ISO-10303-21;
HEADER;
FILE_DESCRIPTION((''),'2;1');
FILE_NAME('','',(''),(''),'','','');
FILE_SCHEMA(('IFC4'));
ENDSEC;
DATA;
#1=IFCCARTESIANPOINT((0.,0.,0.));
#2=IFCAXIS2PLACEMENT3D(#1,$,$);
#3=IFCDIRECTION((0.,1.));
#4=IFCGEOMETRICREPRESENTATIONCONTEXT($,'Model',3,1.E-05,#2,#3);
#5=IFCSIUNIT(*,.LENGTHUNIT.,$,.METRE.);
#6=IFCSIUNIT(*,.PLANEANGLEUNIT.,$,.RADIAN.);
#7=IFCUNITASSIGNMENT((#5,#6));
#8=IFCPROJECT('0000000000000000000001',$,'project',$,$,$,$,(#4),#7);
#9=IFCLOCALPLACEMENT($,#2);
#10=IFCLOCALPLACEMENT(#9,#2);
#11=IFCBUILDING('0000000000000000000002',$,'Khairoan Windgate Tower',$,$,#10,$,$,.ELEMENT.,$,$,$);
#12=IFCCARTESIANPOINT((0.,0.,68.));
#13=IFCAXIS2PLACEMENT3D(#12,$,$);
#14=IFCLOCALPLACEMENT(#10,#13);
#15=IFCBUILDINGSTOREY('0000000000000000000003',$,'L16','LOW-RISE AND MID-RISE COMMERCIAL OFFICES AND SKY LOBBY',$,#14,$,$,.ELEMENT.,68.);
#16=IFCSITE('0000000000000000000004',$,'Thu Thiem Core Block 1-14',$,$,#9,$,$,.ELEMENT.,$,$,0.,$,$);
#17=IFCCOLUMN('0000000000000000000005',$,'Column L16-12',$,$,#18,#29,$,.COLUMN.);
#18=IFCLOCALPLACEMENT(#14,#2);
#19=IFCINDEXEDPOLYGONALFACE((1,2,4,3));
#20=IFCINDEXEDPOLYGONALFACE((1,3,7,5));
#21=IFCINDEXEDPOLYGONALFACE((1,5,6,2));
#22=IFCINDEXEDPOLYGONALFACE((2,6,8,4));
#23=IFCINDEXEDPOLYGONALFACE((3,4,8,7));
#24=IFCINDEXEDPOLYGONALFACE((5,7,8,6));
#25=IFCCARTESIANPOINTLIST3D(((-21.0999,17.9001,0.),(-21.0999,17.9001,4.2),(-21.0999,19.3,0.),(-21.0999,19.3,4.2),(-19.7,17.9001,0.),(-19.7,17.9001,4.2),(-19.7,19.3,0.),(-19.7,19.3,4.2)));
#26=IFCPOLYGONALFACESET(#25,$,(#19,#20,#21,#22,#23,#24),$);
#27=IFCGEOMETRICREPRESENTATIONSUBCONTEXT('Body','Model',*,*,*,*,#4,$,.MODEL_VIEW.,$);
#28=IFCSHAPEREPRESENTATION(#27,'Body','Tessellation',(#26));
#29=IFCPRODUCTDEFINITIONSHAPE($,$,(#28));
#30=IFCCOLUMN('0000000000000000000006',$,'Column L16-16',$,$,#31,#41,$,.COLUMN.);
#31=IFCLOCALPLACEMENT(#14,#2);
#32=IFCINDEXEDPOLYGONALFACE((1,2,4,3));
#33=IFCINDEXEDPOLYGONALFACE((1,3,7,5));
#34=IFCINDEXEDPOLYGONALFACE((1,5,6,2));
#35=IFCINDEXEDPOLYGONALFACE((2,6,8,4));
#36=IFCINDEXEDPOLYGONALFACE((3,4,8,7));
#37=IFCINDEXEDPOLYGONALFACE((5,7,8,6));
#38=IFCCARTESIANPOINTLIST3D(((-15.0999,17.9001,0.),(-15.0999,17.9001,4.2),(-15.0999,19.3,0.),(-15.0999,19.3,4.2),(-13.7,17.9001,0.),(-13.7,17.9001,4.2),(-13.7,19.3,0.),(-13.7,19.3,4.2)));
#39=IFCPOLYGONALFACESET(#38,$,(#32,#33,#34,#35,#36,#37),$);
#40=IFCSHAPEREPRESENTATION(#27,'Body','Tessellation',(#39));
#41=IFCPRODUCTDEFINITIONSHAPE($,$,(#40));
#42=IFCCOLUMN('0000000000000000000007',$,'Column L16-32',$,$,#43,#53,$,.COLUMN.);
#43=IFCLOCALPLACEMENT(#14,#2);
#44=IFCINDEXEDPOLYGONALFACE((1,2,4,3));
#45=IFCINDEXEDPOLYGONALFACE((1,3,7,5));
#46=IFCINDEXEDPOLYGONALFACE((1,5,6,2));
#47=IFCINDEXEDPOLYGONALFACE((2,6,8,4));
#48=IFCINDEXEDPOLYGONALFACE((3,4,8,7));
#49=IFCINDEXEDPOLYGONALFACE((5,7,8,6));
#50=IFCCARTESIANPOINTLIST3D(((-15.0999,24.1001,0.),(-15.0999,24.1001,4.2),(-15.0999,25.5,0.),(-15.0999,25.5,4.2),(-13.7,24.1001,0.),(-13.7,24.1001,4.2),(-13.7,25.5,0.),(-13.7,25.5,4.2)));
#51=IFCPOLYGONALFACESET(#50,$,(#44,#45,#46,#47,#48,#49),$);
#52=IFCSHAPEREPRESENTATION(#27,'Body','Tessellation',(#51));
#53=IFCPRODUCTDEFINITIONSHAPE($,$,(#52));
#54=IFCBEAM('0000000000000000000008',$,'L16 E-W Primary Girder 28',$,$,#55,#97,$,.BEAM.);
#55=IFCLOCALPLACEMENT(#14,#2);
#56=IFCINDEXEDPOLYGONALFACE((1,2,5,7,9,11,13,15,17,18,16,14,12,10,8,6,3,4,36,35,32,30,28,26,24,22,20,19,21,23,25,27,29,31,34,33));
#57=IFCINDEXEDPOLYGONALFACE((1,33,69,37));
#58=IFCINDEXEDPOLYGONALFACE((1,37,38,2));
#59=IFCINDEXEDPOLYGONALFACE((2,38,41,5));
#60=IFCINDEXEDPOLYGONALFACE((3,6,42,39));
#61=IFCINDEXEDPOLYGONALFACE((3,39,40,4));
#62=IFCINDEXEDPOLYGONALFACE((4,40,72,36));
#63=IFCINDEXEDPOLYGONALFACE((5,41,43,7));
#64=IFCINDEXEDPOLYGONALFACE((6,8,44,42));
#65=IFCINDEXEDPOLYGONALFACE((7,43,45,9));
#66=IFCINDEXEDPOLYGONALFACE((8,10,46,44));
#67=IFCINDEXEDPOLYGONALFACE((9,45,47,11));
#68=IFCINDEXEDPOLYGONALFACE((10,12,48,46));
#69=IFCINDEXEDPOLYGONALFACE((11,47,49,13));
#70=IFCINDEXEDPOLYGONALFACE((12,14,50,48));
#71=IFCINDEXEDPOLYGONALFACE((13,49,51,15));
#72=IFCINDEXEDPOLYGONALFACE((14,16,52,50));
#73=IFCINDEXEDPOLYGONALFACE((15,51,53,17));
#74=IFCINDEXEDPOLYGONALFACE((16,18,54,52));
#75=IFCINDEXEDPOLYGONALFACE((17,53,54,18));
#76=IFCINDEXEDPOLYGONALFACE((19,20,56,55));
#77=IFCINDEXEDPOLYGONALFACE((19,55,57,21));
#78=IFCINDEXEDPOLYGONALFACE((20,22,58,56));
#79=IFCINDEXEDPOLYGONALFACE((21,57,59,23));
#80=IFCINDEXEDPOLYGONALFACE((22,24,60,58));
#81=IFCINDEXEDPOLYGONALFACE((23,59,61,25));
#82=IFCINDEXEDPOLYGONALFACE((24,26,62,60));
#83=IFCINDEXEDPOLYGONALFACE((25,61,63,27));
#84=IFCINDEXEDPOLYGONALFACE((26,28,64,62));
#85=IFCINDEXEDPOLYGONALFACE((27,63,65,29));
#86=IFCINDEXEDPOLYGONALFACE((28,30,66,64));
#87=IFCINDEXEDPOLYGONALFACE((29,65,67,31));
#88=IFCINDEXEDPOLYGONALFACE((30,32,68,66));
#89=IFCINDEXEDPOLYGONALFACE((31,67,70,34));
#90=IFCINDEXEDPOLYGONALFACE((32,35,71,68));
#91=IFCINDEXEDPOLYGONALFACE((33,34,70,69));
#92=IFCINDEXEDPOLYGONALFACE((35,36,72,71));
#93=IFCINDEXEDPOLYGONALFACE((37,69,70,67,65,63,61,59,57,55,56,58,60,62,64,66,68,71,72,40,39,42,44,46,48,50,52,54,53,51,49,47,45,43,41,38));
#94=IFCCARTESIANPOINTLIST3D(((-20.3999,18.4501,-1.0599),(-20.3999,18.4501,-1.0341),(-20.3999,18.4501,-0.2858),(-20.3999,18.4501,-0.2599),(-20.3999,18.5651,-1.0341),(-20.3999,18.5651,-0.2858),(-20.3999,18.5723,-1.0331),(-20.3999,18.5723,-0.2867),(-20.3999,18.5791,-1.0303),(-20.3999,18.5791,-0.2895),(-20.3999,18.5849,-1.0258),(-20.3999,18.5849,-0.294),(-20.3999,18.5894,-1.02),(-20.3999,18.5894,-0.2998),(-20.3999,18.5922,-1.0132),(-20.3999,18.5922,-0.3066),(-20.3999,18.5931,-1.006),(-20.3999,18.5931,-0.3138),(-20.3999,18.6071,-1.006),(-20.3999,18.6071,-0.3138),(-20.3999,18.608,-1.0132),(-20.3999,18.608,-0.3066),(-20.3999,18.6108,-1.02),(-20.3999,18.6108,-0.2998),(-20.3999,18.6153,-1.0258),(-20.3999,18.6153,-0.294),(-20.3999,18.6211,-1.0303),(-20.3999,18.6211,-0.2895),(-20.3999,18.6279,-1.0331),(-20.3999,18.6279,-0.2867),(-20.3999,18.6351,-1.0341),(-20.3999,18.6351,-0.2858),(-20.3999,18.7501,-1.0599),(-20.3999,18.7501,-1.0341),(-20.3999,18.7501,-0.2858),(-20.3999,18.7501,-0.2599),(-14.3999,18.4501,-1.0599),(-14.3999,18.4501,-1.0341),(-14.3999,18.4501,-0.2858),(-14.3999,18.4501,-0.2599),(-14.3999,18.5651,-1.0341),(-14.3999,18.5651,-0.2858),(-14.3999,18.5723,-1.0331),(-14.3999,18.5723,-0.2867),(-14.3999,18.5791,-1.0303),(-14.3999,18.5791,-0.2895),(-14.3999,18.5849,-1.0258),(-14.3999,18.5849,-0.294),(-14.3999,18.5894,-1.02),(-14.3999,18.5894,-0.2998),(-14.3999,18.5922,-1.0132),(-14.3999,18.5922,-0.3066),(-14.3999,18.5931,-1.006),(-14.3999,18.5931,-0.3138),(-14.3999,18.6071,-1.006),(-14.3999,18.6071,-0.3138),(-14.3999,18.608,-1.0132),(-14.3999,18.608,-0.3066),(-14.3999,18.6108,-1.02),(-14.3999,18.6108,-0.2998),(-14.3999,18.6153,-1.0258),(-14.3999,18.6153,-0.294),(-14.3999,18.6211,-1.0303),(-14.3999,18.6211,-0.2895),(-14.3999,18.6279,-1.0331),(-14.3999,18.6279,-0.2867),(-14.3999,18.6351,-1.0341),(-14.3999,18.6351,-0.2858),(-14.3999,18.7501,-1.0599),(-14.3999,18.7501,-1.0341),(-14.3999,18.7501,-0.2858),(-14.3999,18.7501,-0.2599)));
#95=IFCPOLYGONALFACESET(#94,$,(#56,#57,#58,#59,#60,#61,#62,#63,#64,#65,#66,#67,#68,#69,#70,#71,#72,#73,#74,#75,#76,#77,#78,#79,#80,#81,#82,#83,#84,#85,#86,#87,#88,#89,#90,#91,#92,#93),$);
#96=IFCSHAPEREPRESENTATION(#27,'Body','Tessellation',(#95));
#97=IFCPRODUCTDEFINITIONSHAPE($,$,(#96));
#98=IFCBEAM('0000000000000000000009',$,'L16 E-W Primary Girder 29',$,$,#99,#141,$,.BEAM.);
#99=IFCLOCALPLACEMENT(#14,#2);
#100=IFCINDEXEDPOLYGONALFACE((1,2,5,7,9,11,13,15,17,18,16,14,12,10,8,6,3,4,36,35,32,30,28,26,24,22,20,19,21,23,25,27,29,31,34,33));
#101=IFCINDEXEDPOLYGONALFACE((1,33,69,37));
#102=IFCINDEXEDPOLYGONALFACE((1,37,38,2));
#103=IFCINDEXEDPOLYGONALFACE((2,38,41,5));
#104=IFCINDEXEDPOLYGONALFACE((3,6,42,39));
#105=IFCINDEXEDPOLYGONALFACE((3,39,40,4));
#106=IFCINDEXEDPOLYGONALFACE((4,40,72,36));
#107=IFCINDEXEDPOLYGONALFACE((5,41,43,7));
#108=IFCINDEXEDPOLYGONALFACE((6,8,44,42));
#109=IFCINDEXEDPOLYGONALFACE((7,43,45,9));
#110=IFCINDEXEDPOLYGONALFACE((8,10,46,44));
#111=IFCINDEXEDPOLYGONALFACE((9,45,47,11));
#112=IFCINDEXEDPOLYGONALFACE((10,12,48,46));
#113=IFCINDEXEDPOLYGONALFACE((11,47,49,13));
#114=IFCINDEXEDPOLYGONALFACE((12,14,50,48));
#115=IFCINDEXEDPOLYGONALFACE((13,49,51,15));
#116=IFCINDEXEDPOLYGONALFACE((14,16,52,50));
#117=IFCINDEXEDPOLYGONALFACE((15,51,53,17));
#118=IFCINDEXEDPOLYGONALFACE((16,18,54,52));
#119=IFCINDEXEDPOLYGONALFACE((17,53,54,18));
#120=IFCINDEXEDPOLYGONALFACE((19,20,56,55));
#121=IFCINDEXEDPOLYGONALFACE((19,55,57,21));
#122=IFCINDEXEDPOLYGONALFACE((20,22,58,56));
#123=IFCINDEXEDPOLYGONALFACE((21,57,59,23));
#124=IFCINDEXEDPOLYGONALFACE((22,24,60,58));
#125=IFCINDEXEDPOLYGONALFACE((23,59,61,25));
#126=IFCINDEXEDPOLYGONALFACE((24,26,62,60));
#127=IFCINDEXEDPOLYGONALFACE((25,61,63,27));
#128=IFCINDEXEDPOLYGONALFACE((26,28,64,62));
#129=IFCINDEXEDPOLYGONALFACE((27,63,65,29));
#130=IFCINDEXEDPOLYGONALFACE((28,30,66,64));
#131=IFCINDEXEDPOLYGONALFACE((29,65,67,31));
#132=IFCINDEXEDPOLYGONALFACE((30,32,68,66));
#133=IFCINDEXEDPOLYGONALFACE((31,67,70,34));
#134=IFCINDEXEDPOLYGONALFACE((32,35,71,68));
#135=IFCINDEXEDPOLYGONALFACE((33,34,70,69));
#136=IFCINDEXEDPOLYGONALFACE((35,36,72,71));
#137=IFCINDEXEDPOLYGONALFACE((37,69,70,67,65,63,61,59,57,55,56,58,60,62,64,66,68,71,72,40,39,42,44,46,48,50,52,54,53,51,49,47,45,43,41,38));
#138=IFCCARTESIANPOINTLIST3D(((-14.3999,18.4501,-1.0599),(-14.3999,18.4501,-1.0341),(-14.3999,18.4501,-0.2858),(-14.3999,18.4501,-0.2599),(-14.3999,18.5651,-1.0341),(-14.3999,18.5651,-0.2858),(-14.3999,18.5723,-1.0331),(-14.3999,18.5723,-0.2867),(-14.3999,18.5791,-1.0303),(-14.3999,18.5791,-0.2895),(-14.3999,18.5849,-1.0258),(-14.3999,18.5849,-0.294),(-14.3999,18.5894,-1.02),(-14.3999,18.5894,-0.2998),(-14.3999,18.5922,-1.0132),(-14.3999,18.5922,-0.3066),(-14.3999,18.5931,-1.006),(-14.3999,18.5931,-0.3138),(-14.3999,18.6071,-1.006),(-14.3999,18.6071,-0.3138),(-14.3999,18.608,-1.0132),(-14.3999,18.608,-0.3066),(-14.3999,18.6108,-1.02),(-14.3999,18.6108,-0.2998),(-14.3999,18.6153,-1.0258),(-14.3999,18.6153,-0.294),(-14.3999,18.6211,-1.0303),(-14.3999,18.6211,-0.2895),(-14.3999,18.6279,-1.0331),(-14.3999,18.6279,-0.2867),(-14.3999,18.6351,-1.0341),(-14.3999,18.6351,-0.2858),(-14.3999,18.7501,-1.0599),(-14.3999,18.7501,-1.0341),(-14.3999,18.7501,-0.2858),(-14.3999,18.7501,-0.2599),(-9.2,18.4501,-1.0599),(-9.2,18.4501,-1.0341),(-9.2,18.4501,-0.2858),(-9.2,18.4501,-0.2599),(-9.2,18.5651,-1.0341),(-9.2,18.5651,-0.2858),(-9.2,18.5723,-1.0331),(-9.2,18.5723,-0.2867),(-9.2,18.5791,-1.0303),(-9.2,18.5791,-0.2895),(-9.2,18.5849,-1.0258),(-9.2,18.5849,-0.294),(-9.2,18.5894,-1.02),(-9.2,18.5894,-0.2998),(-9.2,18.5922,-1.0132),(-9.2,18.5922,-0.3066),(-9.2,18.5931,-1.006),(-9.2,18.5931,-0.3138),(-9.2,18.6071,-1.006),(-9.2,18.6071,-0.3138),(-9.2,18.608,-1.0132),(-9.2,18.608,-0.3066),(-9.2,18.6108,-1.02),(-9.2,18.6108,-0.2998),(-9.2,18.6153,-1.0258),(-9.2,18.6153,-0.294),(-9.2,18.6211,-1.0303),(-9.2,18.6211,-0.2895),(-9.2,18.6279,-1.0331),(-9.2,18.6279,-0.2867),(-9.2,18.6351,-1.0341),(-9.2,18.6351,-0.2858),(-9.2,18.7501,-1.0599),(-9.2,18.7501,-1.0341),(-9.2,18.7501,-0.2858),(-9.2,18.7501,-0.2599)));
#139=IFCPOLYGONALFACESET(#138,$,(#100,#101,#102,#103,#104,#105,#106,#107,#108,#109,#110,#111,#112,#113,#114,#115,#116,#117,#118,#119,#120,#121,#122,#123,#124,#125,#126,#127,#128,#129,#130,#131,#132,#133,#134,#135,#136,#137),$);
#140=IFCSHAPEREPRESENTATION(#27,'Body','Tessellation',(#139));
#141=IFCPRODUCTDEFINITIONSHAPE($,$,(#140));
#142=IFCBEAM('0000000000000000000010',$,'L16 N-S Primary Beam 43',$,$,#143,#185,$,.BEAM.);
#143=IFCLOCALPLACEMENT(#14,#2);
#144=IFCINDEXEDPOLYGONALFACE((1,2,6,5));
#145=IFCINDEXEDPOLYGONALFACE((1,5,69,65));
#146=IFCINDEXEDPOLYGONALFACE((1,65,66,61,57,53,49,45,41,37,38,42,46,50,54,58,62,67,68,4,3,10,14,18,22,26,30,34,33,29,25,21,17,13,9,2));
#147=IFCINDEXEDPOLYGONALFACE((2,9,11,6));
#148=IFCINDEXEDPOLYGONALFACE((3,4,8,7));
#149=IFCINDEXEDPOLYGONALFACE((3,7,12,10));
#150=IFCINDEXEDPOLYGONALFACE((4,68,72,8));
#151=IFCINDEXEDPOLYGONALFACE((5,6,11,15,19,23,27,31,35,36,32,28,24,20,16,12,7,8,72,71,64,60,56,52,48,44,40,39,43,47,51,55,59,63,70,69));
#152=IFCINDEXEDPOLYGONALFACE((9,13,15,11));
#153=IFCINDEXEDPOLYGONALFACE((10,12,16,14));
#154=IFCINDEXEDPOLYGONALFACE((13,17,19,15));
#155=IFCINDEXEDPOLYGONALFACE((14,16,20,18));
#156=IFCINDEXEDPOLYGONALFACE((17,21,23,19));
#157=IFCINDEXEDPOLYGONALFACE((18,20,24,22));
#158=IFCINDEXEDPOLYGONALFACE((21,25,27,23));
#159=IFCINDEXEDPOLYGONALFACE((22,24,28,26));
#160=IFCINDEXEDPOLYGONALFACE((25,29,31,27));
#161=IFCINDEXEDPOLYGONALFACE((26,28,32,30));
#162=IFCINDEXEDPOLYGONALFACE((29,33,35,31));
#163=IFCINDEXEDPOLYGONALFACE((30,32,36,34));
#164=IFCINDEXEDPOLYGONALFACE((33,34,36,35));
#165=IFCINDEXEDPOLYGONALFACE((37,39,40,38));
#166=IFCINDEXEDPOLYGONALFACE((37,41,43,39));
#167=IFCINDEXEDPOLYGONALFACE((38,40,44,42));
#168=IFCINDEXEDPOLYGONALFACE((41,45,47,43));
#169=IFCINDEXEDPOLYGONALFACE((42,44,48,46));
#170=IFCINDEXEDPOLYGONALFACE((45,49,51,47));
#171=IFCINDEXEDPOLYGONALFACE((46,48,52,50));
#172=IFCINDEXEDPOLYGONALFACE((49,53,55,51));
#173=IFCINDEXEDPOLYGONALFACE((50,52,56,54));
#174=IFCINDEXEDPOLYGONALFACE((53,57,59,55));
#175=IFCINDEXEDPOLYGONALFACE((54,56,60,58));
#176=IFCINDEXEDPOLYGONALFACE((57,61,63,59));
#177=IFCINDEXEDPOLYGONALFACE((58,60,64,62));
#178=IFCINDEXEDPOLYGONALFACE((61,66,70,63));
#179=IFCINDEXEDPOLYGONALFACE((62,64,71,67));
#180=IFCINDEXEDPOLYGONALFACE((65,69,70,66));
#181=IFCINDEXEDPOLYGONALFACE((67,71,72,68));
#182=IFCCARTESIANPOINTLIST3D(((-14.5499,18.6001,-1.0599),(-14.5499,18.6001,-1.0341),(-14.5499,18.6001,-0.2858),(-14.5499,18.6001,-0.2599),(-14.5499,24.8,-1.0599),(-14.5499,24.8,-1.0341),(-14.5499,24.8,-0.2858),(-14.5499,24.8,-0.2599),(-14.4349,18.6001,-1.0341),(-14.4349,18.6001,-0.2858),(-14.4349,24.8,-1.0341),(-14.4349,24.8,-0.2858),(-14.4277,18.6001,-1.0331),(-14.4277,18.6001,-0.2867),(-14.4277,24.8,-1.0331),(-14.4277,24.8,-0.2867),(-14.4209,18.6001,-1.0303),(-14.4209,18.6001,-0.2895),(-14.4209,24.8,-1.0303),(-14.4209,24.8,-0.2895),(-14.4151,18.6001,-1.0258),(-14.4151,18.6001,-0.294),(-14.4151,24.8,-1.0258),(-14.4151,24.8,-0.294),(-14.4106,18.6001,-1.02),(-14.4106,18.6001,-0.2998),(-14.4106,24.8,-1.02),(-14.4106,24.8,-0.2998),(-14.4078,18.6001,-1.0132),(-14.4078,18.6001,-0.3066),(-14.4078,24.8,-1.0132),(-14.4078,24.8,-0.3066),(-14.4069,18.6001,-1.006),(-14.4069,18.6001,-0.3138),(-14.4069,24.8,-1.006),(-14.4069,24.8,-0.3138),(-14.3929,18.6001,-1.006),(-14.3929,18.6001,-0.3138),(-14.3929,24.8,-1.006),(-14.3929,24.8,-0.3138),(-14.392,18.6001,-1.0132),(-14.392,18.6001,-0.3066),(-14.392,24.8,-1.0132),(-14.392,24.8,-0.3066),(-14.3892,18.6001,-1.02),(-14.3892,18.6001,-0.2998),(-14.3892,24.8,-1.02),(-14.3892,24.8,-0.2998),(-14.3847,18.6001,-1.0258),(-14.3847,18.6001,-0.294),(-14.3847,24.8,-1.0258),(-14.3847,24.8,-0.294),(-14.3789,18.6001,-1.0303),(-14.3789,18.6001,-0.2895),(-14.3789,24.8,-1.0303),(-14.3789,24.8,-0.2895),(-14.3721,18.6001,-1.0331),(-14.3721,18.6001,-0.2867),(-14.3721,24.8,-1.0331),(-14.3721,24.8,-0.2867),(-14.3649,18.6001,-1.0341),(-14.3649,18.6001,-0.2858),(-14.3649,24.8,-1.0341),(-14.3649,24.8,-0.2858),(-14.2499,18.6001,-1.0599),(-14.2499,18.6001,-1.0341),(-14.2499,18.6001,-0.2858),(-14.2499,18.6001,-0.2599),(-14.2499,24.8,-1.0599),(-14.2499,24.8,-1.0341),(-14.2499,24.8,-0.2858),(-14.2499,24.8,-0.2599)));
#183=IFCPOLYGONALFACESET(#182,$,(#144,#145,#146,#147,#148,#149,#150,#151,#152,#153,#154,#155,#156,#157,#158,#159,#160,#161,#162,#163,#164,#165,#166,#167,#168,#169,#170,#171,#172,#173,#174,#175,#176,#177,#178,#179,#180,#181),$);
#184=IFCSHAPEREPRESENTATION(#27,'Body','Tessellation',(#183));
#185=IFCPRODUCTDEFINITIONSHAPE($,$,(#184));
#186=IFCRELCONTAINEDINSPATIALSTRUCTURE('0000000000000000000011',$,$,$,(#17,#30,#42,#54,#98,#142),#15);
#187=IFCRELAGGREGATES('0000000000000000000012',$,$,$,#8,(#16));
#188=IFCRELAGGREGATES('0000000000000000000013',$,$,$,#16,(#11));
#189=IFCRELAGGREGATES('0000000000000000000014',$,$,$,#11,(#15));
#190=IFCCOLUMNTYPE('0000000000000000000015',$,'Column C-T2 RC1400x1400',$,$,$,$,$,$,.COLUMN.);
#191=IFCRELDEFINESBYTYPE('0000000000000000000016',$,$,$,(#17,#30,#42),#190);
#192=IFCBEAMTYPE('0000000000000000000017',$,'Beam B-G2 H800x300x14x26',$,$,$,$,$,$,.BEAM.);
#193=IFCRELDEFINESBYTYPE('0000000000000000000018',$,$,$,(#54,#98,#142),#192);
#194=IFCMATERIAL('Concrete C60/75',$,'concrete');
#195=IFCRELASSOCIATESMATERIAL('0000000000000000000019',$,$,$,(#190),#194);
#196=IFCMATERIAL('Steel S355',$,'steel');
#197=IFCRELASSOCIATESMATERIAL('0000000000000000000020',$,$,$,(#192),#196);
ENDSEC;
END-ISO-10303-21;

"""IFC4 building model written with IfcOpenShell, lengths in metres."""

from ifc_helpers import new_model, si_unit, direction, frame, origin, origin_2d, place, context, subcontext, project, spatial, rectangle, i_section, extrude, material, material_profile, profile_set, type_object, element, save


model = new_model("IFC4")

# Units and contexts
model_context = context("Model", 3, precision=1e-05, world=origin(), true_north=direction((0.0, 1.0)))
body_context = subcontext(model_context, "Body", "Model", "MODEL_VIEW")
ifc_project = project(units=[si_unit("LENGTHUNIT", "METRE"), si_unit("PLANEANGLEUNIT", "RADIAN")], contexts=[model_context])

# Site, building, storey
site_placement = place(None, origin())
site = spatial("IfcSite", under=ifc_project, at=site_placement, Name="Thu Thiem Core Block 1-14", CompositionType="ELEMENT", RefElevation=0.0)
building_placement = place(site_placement, origin())
building = spatial("IfcBuilding", under=site, at=building_placement, Name="Khairoan Windgate Tower", CompositionType="ELEMENT")
storey_placement = place(building_placement, frame((0.0, 0.0, 68.0)))
storey = spatial("IfcBuildingStorey", under=building, at=storey_placement, Name="L16", Description="LOW-RISE AND MID-RISE COMMERCIAL OFFICES AND SKY LOBBY", CompositionType="ELEMENT", Elevation=68.0)

# Columns
ifc_material_1 = material(Name="Concrete C60/75", Category="concrete")
ifc_material_profile_1 = material_profile(ifc_material_1, rectangle(XDim=1.3999, YDim=1.3999, at=origin_2d()))
ifc_profile_set_1 = profile_set([ifc_material_profile_1], Name="Concrete C60/75")
column_type = type_object("IfcColumnType", Name="Column C-T2 RC1400x1400", PredefinedType="COLUMN", material=ifc_profile_set_1)
for number, where, z_axis, x_axis, name in (
    (1, (-20.3999, 18.6001, 0.0), (0.0, 0.0, 1.0), (1.0, 0.0, 0.0), "Column L16-12"),
    (2, (-14.3999, 18.6001, 0.0), (0.0, 0.0, 1.0), (1.0, 0.0, 0.0), "Column L16-16"),
    (3, (-14.3999, 24.8, 0.0), (0.0, 0.0, 1.0), (1.0, 0.0, 0.0), "Column L16-32"),
):
    element("IfcColumn", number, at=place(storey_placement, frame(where, z_axis=z_axis, x_axis=x_axis)), inside=storey, type_object=column_type, Name=name, PredefinedType="COLUMN", context=body_context, shape_type="SweptSolid", body=[
        extrude(rectangle(XDim=1.3999, YDim=1.3999, at=origin_2d()), origin(), (0.0, 0.0, 1.0), 4.2),
    ])

# Beams
ifc_material_2 = material(Name="Steel S355", Category="steel")
ifc_material_profile_2 = material_profile(ifc_material_2, i_section(OverallWidth=0.3, OverallDepth=0.8, WebThickness=0.0139, FlangeThickness=0.0259, FilletRadius=0.0281, at=origin_2d()))
ifc_profile_set_2 = profile_set([ifc_material_profile_2], Name="Steel S355")
beam_type_1 = type_object("IfcBeamType", Name="Beam B-G2 H800x300x14x26", PredefinedType="BEAM", material=ifc_profile_set_2)
beam_1_placement = place(storey_placement, frame((-20.3999, 18.6001, -0.6599), z_axis=(1.0, 0.0, 0.0), x_axis=(0.0, 1.0, 0.0)))
element("IfcBeam", 4, at=beam_1_placement, inside=storey, type_object=beam_type_1, Name="L16 E-W Primary Girder 28", PredefinedType="BEAM", context=body_context, shape_type="SweptSolid", body=[
    extrude(i_section(OverallWidth=0.3, OverallDepth=0.8, WebThickness=0.0139, FlangeThickness=0.0259, FilletRadius=0.0281, at=origin_2d()), origin(), (0.0, 0.0, 1.0), 6.0),
])
beam_2_placement = place(storey_placement, frame((-14.3999, 18.6001, -0.6599), z_axis=(1.0, 0.0, 0.0), x_axis=(0.0, 1.0, 0.0)))
element("IfcBeam", 5, at=beam_2_placement, inside=storey, type_object=beam_type_1, Name="L16 E-W Primary Girder 29", PredefinedType="BEAM", context=body_context, shape_type="SweptSolid", body=[
    extrude(i_section(OverallWidth=0.3, OverallDepth=0.8, WebThickness=0.0139, FlangeThickness=0.0259, FilletRadius=0.0281, at=origin_2d()), origin(), (0.0, 0.0, 1.0), 5.2),
])
beam_3_placement = place(storey_placement, frame((-14.3999, 18.6001, -0.6599), z_axis=(0.0, 1.0, 0.0), x_axis=(-1.0, 0.0, 0.0)))
element("IfcBeam", 6, at=beam_3_placement, inside=storey, type_object=beam_type_1, Name="L16 N-S Primary Beam 43", PredefinedType="BEAM", context=body_context, shape_type="SweptSolid", body=[
    extrude(i_section(OverallWidth=0.3, OverallDepth=0.8, WebThickness=0.0139, FlangeThickness=0.0259, FilletRadius=0.0281, at=origin_2d()), origin(), (0.0, 0.0, 1.0), 6.2),
])

save(model, "model.ifc")
